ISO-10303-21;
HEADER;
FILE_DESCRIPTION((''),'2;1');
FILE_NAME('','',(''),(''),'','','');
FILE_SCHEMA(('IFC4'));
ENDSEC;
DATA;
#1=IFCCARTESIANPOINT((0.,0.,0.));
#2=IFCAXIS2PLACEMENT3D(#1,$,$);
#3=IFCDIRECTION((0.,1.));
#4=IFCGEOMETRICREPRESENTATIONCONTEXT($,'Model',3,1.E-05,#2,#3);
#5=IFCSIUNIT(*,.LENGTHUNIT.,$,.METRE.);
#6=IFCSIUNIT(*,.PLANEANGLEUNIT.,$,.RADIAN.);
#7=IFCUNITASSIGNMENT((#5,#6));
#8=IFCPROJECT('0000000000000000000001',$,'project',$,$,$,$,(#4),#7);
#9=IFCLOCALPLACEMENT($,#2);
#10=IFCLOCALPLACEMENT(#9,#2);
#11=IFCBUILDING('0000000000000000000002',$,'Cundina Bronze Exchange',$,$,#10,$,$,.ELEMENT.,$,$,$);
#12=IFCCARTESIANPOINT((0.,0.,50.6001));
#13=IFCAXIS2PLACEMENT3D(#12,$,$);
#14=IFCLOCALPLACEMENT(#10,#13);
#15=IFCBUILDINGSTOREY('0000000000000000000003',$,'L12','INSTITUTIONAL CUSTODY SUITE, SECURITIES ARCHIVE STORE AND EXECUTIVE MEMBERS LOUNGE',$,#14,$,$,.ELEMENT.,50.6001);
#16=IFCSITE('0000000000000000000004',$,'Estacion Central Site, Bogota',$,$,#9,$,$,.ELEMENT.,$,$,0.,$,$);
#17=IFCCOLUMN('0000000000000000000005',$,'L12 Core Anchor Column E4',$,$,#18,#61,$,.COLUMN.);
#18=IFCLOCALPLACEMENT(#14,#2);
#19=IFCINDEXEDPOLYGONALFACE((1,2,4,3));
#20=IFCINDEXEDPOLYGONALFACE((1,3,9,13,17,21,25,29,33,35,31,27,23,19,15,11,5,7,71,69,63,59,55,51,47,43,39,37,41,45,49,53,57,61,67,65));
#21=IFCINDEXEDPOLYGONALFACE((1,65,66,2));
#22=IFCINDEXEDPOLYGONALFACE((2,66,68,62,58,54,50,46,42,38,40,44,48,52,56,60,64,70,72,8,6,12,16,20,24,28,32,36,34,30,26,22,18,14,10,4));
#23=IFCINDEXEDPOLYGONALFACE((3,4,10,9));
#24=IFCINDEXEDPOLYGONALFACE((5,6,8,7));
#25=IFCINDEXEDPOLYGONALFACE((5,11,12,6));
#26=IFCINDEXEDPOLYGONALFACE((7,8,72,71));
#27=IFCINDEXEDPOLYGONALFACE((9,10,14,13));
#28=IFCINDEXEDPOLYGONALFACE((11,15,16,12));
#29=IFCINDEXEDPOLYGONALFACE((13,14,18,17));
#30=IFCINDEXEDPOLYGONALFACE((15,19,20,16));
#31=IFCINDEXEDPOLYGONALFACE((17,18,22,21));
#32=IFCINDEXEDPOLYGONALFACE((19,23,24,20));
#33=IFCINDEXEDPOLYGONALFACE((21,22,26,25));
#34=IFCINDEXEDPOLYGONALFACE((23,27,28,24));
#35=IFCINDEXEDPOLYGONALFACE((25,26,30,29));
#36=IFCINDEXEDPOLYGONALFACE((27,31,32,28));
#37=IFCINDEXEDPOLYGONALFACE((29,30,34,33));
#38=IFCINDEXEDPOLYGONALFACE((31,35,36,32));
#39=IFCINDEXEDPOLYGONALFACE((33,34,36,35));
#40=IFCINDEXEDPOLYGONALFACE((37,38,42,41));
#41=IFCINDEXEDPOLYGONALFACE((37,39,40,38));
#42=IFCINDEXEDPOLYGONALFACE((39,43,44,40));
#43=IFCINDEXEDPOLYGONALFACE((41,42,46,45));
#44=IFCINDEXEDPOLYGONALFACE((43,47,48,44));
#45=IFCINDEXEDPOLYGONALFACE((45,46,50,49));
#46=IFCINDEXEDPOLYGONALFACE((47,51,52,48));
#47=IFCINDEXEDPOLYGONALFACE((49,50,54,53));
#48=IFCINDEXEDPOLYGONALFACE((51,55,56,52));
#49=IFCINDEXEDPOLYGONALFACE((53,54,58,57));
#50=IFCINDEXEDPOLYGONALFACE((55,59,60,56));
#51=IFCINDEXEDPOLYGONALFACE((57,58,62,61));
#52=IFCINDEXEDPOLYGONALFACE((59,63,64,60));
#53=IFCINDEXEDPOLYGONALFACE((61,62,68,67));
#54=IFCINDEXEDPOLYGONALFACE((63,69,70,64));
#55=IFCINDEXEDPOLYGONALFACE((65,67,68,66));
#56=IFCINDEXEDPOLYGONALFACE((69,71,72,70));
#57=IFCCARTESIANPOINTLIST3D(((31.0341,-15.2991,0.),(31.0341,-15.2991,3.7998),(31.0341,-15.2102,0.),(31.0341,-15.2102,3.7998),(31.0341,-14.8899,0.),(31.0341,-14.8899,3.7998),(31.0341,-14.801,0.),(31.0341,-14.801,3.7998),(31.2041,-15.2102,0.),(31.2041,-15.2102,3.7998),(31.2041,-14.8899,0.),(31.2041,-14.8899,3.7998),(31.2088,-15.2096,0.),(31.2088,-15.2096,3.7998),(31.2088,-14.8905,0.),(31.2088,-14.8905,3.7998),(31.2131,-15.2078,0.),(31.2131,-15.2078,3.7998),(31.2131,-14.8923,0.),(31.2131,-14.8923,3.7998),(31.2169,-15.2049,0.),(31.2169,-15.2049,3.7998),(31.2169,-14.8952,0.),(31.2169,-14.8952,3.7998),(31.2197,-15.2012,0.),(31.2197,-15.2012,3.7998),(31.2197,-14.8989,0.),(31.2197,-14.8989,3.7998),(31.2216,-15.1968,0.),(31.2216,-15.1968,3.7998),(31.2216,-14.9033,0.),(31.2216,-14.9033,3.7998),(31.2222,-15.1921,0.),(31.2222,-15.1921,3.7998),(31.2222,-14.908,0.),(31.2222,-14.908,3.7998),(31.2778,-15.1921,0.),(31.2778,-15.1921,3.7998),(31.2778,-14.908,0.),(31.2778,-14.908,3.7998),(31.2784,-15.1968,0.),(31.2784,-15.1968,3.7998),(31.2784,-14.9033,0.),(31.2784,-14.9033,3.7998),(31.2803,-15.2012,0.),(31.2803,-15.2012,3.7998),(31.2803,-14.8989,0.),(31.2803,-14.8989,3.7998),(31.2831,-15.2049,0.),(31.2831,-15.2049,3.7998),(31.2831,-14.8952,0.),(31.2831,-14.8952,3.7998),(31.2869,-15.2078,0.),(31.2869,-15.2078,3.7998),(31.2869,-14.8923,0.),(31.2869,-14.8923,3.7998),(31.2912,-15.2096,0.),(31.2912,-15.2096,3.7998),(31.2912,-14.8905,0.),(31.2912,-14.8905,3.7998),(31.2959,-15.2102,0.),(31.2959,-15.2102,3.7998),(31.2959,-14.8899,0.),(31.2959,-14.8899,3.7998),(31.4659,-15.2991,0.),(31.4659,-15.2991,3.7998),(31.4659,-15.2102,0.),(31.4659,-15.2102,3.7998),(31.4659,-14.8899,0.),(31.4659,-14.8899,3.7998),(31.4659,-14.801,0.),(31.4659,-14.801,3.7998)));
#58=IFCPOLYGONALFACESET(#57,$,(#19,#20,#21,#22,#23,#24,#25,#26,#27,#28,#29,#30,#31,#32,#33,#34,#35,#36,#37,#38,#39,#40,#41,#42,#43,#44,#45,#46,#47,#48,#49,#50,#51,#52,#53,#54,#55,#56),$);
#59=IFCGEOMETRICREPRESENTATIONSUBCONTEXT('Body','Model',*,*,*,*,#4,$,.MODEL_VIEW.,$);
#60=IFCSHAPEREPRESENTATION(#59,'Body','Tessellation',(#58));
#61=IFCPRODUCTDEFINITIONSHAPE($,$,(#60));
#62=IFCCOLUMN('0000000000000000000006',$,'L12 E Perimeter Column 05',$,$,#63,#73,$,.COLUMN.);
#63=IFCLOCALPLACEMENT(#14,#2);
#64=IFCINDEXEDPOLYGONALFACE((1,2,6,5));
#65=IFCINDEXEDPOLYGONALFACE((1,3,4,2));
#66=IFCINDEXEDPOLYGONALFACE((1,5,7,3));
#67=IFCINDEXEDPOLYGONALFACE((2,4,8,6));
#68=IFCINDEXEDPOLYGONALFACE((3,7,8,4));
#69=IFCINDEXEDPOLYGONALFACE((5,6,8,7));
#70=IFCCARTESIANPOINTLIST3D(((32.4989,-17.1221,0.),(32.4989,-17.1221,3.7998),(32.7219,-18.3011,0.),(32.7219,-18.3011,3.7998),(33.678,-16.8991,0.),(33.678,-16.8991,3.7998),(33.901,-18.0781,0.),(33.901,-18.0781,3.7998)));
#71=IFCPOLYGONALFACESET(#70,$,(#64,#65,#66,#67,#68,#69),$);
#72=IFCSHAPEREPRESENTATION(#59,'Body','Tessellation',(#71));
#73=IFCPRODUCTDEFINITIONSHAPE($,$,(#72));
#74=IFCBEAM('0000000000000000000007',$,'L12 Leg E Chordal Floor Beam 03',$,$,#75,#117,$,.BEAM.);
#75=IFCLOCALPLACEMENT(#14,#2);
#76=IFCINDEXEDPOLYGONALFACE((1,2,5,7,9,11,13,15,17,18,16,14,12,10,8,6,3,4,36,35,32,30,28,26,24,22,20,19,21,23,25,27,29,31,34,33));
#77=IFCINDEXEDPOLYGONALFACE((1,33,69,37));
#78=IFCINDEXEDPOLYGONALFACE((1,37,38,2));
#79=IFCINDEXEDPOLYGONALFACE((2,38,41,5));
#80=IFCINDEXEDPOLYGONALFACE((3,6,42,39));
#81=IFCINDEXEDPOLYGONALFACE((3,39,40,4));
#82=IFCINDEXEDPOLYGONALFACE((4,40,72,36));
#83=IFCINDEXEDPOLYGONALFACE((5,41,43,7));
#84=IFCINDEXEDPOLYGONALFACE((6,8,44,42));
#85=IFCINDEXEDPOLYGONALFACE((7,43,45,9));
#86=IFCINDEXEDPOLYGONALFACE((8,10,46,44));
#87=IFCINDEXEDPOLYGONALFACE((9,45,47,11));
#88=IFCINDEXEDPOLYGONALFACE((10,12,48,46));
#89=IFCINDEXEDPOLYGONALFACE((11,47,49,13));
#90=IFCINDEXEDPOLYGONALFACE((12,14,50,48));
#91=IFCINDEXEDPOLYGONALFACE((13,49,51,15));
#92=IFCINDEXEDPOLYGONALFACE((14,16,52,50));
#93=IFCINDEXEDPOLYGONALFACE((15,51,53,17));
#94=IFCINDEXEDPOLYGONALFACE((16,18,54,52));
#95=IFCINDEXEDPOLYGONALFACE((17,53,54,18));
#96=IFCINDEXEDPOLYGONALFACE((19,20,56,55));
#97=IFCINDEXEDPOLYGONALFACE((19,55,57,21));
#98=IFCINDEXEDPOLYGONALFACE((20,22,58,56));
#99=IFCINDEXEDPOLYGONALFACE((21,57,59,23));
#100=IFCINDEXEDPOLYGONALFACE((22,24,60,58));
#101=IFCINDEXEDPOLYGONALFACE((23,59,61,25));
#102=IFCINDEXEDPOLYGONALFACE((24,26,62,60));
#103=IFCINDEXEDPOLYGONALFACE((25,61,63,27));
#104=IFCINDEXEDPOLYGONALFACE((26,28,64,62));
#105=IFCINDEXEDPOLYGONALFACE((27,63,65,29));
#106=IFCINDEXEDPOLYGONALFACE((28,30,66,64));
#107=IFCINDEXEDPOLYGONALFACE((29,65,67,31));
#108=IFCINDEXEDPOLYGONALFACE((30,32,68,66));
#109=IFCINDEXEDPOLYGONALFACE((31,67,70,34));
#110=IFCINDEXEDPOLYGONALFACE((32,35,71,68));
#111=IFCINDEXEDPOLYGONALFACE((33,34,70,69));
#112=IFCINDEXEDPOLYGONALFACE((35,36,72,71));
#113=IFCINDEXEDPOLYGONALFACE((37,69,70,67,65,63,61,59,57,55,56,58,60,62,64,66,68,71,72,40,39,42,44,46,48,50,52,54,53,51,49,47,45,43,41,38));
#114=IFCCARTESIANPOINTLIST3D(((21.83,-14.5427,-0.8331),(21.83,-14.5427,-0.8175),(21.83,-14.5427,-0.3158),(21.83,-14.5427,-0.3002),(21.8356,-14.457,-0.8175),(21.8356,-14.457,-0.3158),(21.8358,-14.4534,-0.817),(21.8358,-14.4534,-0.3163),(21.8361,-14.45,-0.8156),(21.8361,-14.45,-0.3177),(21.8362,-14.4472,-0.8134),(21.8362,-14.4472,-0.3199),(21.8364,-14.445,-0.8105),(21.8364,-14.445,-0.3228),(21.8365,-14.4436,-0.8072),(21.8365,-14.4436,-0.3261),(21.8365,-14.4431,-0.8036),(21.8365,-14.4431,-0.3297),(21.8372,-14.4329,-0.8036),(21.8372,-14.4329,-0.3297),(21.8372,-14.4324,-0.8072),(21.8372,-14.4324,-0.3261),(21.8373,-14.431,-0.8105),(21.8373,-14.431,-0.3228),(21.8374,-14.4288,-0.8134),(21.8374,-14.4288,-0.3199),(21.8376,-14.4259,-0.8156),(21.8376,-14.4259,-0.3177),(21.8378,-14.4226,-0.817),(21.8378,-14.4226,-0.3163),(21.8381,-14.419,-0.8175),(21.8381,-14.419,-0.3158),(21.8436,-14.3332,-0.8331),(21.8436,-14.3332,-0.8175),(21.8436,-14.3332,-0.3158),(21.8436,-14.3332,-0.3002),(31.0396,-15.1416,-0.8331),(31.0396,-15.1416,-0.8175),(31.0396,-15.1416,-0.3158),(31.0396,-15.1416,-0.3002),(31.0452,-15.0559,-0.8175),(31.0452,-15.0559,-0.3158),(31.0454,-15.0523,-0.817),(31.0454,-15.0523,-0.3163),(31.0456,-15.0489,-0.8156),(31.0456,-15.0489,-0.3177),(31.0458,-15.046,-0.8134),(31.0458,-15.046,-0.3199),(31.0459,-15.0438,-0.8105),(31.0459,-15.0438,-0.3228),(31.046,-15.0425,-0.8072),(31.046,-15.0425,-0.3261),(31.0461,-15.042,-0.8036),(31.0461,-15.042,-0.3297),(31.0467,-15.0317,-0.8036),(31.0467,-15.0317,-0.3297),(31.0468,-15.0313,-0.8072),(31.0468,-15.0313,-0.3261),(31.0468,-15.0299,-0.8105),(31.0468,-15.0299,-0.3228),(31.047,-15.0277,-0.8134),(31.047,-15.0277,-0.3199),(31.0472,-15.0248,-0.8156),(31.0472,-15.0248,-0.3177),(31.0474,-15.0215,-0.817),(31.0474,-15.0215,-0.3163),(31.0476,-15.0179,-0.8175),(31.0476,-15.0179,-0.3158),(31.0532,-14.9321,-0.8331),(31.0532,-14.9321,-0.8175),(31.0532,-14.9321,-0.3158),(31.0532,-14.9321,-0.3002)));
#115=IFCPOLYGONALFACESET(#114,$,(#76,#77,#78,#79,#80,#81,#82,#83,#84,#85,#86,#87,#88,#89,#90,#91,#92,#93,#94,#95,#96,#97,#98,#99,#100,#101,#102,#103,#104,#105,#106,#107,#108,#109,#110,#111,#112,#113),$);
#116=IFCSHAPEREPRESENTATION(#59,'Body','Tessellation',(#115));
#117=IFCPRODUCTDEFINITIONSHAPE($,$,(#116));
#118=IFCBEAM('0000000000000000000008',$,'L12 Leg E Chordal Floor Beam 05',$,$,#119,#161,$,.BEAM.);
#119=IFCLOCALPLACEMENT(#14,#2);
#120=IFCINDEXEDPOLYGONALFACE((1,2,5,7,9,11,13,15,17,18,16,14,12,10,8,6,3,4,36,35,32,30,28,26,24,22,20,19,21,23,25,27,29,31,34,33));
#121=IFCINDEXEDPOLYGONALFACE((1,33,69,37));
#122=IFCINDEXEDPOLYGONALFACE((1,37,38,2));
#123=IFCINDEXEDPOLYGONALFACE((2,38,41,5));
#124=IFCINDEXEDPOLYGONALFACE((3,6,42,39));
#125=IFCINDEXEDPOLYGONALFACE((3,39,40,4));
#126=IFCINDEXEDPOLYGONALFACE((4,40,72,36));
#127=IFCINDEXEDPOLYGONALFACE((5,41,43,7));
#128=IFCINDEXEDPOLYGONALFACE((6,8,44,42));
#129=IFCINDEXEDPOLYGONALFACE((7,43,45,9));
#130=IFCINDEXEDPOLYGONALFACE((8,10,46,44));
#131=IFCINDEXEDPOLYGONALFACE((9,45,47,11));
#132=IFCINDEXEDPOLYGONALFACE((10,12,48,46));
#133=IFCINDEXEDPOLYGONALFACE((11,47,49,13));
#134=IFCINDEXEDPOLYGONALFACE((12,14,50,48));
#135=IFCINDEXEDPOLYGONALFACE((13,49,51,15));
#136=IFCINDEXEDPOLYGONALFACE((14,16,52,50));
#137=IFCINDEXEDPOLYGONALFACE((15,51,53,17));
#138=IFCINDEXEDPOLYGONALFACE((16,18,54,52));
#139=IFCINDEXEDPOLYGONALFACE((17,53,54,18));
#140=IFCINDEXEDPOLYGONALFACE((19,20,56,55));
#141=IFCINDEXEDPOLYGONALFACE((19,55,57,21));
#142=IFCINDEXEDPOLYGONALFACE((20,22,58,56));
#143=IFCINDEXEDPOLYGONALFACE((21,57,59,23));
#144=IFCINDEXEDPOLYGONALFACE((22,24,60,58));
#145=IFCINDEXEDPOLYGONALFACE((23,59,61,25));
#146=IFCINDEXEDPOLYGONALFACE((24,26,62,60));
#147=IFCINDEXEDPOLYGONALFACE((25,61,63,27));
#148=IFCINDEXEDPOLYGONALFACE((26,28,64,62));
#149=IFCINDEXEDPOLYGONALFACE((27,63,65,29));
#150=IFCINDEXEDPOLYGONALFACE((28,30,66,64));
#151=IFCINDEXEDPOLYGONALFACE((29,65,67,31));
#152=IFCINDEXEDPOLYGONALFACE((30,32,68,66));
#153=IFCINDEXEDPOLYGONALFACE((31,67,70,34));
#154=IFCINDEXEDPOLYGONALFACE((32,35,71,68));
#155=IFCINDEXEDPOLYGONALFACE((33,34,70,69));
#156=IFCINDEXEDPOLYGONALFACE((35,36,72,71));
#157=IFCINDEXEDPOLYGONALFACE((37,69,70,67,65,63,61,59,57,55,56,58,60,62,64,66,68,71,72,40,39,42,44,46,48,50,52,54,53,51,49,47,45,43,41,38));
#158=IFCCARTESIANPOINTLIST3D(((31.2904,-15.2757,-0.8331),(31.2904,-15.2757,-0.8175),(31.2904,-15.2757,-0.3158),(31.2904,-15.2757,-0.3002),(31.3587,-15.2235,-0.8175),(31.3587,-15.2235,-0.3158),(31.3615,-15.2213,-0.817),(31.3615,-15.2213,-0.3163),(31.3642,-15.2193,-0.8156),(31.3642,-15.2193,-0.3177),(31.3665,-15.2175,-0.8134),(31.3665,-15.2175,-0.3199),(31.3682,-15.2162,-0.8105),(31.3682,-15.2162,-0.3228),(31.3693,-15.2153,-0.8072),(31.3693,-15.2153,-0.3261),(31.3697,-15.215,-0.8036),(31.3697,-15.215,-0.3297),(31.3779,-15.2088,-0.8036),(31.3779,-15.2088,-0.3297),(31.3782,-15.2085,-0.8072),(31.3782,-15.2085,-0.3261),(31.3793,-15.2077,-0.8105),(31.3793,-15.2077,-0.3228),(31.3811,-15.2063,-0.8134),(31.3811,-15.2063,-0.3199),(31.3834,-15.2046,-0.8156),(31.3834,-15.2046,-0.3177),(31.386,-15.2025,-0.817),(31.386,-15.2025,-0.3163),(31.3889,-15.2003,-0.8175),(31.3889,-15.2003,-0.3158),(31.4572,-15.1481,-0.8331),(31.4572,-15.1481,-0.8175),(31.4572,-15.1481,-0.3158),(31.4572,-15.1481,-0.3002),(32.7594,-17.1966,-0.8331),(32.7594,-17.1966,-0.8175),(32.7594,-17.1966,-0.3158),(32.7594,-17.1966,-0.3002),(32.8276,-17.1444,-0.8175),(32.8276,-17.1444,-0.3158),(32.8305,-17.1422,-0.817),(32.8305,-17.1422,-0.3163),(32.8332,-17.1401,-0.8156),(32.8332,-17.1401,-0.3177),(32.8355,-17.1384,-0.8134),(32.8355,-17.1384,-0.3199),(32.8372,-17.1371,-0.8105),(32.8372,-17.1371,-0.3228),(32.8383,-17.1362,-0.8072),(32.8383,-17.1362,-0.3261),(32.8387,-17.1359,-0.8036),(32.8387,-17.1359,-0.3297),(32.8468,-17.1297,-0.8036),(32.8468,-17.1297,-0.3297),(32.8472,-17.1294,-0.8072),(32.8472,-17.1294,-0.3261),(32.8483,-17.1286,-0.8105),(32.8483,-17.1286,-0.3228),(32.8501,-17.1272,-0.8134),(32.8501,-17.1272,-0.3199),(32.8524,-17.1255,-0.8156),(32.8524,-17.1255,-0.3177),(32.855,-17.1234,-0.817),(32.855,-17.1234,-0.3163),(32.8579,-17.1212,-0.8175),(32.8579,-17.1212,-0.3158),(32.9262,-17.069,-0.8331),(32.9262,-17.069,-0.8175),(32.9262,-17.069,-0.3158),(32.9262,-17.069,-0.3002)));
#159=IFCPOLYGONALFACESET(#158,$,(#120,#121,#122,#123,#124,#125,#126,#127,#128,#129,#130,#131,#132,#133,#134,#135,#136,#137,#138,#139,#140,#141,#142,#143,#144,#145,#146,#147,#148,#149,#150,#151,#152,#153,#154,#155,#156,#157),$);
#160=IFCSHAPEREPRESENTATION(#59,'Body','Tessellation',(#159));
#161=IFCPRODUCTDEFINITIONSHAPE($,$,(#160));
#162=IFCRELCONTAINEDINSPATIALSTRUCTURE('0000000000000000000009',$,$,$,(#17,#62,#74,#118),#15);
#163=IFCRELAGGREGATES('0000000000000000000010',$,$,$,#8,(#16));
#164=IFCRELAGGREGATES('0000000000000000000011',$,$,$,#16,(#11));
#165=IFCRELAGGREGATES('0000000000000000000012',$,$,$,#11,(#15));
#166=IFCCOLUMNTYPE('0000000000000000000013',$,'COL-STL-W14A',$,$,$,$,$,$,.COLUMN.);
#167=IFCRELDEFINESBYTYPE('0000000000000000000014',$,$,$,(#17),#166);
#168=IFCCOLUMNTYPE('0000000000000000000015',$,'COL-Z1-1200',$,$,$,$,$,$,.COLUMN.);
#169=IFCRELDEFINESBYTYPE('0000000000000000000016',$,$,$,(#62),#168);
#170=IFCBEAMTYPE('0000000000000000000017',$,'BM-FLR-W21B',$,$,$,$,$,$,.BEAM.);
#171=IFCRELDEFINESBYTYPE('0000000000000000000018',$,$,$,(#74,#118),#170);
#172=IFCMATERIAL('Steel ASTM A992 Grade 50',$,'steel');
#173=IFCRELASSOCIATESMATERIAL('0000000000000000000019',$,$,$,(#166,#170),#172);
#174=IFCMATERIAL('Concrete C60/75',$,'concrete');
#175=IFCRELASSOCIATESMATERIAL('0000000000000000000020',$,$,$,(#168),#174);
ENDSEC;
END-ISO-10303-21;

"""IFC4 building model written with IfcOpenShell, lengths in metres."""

from ifc_helpers import new_model, si_unit, direction, frame, origin, origin_2d, place, context, subcontext, project, spatial, rectangle, i_section, extrude, material, material_profile, profile_set, type_object, element, save


model = new_model("IFC4")

# Units and contexts
model_context = context("Model", 3, precision=1e-05, world=origin(), true_north=direction((0.0, 1.0)))
body_context = subcontext(model_context, "Body", "Model", "MODEL_VIEW")
ifc_project = project(units=[si_unit("LENGTHUNIT", "METRE"), si_unit("PLANEANGLEUNIT", "RADIAN")], contexts=[model_context])

# Site, building, storey
site_placement = place(None, origin())
site = spatial("IfcSite", under=ifc_project, at=site_placement, Name="Estacion Central Site, Bogota", CompositionType="ELEMENT", RefElevation=0.0)
building_placement = place(site_placement, origin())
building = spatial("IfcBuilding", under=site, at=building_placement, Name="Cundina Bronze Exchange", CompositionType="ELEMENT")
storey_placement = place(building_placement, frame((0.0, 0.0, 50.6001)))
storey = spatial("IfcBuildingStorey", under=building, at=storey_placement, Name="L12", Description="INSTITUTIONAL CUSTODY SUITE, SECURITIES ARCHIVE STORE AND EXECUTIVE MEMBERS LOUNGE", CompositionType="ELEMENT", Elevation=50.6001)

# Columns
ifc_material_1 = material(Name="Steel ASTM A992 Grade 50", Category="steel")
ifc_material_profile_1 = material_profile(ifc_material_1, i_section(OverallWidth=0.4319, OverallDepth=0.498, WebThickness=0.0557, FlangeThickness=0.0889, FilletRadius=0.0181, at=origin_2d()), Name="W14X500", Category="steel")
ifc_profile_set_1 = profile_set([ifc_material_profile_1], Name="Steel ASTM A992 Grade 50")
column_type_1 = type_object("IfcColumnType", Name="COL-STL-W14A", PredefinedType="COLUMN", material=ifc_profile_set_1)
column_1_placement = place(storey_placement, frame((31.25, -15.05, 0.0), z_axis=(0.0, 0.0, 1.0), x_axis=(1.0, 0.0, 0.0)))
element("IfcColumn", 1, at=column_1_placement, inside=storey, type_object=column_type_1, Name="L12 Core Anchor Column E4", PredefinedType="COLUMN", context=body_context, shape_type="SweptSolid", body=[
    extrude(i_section(OverallWidth=0.4319, OverallDepth=0.498, WebThickness=0.0557, FlangeThickness=0.0889, FilletRadius=0.0181, at=origin_2d()), origin(), (0.0, 0.0, 1.0), 3.7998),
])
ifc_material_2 = material(Name="Concrete C60/75", Category="concrete")
ifc_material_profile_2 = material_profile(ifc_material_2, rectangle(XDim=1.2, YDim=1.2, at=origin_2d()), Name="RC1200X1200", Category="concrete")
ifc_profile_set_2 = profile_set([ifc_material_profile_2], Name="Concrete C60/75")
column_type_2 = type_object("IfcColumnType", Name="COL-Z1-1200", PredefinedType="COLUMN", material=ifc_profile_set_2)
column_2_placement = place(storey_placement, frame((33.2, -17.6001, 0.0), z_axis=(0.0, 0.0, 1.0), x_axis=(0.98258, 0.185838, 0.0)))
element("IfcColumn", 2, at=column_2_placement, inside=storey, type_object=column_type_2, Name="L12 E Perimeter Column 05", PredefinedType="COLUMN", context=body_context, shape_type="SweptSolid", body=[
    extrude(rectangle(XDim=1.2, YDim=1.2, at=origin_2d()), origin(), (0.0, 0.0, 1.0), 3.7998),
])

# Beams
ifc_material_profile_3 = material_profile(ifc_material_1, i_section(OverallWidth=0.21, OverallDepth=0.533, WebThickness=0.0103, FlangeThickness=0.0156, FilletRadius=0.0139, at=origin_2d()), Name="W21X62", Category="steel")
ifc_profile_set_3 = profile_set([ifc_material_profile_3], Name="Steel ASTM A992 Grade 50")
beam_type_1 = type_object("IfcBeamType", Name="BM-FLR-W21B", PredefinedType="BEAM", material=ifc_profile_set_3)
beam_1_placement = place(storey_placement, frame((31.0464, -15.0369, -0.5667), z_axis=(-0.997892, 0.064891, 0.0), x_axis=(-0.064891, -0.997892, 0.0)))
element("IfcBeam", 3, at=beam_1_placement, inside=storey, type_object=beam_type_1, Name="L12 Leg E Chordal Floor Beam 03", PredefinedType="BEAM", context=body_context, shape_type="SweptSolid", body=[
    extrude(i_section(OverallWidth=0.21, OverallDepth=0.533, WebThickness=0.0103, FlangeThickness=0.0156, FilletRadius=0.0139, at=origin_2d()), origin(), (0.0, 0.0, 1.0), 9.229),
])
beam_2_placement = place(storey_placement, frame((31.3738, -15.2119, -0.5667), z_axis=(0.607469, -0.794344, 0.0), x_axis=(0.794344, 0.607469, 0.0)))
element("IfcBeam", 4, at=beam_2_placement, inside=storey, type_object=beam_type_1, Name="L12 Leg E Chordal Floor Beam 05", PredefinedType="BEAM", context=body_context, shape_type="SweptSolid", body=[
    extrude(i_section(OverallWidth=0.21, OverallDepth=0.533, WebThickness=0.0103, FlangeThickness=0.0156, FilletRadius=0.0139, at=origin_2d()), origin(), (0.0, 0.0, 1.0), 2.4182),
])

save(model, "model.ifc")
